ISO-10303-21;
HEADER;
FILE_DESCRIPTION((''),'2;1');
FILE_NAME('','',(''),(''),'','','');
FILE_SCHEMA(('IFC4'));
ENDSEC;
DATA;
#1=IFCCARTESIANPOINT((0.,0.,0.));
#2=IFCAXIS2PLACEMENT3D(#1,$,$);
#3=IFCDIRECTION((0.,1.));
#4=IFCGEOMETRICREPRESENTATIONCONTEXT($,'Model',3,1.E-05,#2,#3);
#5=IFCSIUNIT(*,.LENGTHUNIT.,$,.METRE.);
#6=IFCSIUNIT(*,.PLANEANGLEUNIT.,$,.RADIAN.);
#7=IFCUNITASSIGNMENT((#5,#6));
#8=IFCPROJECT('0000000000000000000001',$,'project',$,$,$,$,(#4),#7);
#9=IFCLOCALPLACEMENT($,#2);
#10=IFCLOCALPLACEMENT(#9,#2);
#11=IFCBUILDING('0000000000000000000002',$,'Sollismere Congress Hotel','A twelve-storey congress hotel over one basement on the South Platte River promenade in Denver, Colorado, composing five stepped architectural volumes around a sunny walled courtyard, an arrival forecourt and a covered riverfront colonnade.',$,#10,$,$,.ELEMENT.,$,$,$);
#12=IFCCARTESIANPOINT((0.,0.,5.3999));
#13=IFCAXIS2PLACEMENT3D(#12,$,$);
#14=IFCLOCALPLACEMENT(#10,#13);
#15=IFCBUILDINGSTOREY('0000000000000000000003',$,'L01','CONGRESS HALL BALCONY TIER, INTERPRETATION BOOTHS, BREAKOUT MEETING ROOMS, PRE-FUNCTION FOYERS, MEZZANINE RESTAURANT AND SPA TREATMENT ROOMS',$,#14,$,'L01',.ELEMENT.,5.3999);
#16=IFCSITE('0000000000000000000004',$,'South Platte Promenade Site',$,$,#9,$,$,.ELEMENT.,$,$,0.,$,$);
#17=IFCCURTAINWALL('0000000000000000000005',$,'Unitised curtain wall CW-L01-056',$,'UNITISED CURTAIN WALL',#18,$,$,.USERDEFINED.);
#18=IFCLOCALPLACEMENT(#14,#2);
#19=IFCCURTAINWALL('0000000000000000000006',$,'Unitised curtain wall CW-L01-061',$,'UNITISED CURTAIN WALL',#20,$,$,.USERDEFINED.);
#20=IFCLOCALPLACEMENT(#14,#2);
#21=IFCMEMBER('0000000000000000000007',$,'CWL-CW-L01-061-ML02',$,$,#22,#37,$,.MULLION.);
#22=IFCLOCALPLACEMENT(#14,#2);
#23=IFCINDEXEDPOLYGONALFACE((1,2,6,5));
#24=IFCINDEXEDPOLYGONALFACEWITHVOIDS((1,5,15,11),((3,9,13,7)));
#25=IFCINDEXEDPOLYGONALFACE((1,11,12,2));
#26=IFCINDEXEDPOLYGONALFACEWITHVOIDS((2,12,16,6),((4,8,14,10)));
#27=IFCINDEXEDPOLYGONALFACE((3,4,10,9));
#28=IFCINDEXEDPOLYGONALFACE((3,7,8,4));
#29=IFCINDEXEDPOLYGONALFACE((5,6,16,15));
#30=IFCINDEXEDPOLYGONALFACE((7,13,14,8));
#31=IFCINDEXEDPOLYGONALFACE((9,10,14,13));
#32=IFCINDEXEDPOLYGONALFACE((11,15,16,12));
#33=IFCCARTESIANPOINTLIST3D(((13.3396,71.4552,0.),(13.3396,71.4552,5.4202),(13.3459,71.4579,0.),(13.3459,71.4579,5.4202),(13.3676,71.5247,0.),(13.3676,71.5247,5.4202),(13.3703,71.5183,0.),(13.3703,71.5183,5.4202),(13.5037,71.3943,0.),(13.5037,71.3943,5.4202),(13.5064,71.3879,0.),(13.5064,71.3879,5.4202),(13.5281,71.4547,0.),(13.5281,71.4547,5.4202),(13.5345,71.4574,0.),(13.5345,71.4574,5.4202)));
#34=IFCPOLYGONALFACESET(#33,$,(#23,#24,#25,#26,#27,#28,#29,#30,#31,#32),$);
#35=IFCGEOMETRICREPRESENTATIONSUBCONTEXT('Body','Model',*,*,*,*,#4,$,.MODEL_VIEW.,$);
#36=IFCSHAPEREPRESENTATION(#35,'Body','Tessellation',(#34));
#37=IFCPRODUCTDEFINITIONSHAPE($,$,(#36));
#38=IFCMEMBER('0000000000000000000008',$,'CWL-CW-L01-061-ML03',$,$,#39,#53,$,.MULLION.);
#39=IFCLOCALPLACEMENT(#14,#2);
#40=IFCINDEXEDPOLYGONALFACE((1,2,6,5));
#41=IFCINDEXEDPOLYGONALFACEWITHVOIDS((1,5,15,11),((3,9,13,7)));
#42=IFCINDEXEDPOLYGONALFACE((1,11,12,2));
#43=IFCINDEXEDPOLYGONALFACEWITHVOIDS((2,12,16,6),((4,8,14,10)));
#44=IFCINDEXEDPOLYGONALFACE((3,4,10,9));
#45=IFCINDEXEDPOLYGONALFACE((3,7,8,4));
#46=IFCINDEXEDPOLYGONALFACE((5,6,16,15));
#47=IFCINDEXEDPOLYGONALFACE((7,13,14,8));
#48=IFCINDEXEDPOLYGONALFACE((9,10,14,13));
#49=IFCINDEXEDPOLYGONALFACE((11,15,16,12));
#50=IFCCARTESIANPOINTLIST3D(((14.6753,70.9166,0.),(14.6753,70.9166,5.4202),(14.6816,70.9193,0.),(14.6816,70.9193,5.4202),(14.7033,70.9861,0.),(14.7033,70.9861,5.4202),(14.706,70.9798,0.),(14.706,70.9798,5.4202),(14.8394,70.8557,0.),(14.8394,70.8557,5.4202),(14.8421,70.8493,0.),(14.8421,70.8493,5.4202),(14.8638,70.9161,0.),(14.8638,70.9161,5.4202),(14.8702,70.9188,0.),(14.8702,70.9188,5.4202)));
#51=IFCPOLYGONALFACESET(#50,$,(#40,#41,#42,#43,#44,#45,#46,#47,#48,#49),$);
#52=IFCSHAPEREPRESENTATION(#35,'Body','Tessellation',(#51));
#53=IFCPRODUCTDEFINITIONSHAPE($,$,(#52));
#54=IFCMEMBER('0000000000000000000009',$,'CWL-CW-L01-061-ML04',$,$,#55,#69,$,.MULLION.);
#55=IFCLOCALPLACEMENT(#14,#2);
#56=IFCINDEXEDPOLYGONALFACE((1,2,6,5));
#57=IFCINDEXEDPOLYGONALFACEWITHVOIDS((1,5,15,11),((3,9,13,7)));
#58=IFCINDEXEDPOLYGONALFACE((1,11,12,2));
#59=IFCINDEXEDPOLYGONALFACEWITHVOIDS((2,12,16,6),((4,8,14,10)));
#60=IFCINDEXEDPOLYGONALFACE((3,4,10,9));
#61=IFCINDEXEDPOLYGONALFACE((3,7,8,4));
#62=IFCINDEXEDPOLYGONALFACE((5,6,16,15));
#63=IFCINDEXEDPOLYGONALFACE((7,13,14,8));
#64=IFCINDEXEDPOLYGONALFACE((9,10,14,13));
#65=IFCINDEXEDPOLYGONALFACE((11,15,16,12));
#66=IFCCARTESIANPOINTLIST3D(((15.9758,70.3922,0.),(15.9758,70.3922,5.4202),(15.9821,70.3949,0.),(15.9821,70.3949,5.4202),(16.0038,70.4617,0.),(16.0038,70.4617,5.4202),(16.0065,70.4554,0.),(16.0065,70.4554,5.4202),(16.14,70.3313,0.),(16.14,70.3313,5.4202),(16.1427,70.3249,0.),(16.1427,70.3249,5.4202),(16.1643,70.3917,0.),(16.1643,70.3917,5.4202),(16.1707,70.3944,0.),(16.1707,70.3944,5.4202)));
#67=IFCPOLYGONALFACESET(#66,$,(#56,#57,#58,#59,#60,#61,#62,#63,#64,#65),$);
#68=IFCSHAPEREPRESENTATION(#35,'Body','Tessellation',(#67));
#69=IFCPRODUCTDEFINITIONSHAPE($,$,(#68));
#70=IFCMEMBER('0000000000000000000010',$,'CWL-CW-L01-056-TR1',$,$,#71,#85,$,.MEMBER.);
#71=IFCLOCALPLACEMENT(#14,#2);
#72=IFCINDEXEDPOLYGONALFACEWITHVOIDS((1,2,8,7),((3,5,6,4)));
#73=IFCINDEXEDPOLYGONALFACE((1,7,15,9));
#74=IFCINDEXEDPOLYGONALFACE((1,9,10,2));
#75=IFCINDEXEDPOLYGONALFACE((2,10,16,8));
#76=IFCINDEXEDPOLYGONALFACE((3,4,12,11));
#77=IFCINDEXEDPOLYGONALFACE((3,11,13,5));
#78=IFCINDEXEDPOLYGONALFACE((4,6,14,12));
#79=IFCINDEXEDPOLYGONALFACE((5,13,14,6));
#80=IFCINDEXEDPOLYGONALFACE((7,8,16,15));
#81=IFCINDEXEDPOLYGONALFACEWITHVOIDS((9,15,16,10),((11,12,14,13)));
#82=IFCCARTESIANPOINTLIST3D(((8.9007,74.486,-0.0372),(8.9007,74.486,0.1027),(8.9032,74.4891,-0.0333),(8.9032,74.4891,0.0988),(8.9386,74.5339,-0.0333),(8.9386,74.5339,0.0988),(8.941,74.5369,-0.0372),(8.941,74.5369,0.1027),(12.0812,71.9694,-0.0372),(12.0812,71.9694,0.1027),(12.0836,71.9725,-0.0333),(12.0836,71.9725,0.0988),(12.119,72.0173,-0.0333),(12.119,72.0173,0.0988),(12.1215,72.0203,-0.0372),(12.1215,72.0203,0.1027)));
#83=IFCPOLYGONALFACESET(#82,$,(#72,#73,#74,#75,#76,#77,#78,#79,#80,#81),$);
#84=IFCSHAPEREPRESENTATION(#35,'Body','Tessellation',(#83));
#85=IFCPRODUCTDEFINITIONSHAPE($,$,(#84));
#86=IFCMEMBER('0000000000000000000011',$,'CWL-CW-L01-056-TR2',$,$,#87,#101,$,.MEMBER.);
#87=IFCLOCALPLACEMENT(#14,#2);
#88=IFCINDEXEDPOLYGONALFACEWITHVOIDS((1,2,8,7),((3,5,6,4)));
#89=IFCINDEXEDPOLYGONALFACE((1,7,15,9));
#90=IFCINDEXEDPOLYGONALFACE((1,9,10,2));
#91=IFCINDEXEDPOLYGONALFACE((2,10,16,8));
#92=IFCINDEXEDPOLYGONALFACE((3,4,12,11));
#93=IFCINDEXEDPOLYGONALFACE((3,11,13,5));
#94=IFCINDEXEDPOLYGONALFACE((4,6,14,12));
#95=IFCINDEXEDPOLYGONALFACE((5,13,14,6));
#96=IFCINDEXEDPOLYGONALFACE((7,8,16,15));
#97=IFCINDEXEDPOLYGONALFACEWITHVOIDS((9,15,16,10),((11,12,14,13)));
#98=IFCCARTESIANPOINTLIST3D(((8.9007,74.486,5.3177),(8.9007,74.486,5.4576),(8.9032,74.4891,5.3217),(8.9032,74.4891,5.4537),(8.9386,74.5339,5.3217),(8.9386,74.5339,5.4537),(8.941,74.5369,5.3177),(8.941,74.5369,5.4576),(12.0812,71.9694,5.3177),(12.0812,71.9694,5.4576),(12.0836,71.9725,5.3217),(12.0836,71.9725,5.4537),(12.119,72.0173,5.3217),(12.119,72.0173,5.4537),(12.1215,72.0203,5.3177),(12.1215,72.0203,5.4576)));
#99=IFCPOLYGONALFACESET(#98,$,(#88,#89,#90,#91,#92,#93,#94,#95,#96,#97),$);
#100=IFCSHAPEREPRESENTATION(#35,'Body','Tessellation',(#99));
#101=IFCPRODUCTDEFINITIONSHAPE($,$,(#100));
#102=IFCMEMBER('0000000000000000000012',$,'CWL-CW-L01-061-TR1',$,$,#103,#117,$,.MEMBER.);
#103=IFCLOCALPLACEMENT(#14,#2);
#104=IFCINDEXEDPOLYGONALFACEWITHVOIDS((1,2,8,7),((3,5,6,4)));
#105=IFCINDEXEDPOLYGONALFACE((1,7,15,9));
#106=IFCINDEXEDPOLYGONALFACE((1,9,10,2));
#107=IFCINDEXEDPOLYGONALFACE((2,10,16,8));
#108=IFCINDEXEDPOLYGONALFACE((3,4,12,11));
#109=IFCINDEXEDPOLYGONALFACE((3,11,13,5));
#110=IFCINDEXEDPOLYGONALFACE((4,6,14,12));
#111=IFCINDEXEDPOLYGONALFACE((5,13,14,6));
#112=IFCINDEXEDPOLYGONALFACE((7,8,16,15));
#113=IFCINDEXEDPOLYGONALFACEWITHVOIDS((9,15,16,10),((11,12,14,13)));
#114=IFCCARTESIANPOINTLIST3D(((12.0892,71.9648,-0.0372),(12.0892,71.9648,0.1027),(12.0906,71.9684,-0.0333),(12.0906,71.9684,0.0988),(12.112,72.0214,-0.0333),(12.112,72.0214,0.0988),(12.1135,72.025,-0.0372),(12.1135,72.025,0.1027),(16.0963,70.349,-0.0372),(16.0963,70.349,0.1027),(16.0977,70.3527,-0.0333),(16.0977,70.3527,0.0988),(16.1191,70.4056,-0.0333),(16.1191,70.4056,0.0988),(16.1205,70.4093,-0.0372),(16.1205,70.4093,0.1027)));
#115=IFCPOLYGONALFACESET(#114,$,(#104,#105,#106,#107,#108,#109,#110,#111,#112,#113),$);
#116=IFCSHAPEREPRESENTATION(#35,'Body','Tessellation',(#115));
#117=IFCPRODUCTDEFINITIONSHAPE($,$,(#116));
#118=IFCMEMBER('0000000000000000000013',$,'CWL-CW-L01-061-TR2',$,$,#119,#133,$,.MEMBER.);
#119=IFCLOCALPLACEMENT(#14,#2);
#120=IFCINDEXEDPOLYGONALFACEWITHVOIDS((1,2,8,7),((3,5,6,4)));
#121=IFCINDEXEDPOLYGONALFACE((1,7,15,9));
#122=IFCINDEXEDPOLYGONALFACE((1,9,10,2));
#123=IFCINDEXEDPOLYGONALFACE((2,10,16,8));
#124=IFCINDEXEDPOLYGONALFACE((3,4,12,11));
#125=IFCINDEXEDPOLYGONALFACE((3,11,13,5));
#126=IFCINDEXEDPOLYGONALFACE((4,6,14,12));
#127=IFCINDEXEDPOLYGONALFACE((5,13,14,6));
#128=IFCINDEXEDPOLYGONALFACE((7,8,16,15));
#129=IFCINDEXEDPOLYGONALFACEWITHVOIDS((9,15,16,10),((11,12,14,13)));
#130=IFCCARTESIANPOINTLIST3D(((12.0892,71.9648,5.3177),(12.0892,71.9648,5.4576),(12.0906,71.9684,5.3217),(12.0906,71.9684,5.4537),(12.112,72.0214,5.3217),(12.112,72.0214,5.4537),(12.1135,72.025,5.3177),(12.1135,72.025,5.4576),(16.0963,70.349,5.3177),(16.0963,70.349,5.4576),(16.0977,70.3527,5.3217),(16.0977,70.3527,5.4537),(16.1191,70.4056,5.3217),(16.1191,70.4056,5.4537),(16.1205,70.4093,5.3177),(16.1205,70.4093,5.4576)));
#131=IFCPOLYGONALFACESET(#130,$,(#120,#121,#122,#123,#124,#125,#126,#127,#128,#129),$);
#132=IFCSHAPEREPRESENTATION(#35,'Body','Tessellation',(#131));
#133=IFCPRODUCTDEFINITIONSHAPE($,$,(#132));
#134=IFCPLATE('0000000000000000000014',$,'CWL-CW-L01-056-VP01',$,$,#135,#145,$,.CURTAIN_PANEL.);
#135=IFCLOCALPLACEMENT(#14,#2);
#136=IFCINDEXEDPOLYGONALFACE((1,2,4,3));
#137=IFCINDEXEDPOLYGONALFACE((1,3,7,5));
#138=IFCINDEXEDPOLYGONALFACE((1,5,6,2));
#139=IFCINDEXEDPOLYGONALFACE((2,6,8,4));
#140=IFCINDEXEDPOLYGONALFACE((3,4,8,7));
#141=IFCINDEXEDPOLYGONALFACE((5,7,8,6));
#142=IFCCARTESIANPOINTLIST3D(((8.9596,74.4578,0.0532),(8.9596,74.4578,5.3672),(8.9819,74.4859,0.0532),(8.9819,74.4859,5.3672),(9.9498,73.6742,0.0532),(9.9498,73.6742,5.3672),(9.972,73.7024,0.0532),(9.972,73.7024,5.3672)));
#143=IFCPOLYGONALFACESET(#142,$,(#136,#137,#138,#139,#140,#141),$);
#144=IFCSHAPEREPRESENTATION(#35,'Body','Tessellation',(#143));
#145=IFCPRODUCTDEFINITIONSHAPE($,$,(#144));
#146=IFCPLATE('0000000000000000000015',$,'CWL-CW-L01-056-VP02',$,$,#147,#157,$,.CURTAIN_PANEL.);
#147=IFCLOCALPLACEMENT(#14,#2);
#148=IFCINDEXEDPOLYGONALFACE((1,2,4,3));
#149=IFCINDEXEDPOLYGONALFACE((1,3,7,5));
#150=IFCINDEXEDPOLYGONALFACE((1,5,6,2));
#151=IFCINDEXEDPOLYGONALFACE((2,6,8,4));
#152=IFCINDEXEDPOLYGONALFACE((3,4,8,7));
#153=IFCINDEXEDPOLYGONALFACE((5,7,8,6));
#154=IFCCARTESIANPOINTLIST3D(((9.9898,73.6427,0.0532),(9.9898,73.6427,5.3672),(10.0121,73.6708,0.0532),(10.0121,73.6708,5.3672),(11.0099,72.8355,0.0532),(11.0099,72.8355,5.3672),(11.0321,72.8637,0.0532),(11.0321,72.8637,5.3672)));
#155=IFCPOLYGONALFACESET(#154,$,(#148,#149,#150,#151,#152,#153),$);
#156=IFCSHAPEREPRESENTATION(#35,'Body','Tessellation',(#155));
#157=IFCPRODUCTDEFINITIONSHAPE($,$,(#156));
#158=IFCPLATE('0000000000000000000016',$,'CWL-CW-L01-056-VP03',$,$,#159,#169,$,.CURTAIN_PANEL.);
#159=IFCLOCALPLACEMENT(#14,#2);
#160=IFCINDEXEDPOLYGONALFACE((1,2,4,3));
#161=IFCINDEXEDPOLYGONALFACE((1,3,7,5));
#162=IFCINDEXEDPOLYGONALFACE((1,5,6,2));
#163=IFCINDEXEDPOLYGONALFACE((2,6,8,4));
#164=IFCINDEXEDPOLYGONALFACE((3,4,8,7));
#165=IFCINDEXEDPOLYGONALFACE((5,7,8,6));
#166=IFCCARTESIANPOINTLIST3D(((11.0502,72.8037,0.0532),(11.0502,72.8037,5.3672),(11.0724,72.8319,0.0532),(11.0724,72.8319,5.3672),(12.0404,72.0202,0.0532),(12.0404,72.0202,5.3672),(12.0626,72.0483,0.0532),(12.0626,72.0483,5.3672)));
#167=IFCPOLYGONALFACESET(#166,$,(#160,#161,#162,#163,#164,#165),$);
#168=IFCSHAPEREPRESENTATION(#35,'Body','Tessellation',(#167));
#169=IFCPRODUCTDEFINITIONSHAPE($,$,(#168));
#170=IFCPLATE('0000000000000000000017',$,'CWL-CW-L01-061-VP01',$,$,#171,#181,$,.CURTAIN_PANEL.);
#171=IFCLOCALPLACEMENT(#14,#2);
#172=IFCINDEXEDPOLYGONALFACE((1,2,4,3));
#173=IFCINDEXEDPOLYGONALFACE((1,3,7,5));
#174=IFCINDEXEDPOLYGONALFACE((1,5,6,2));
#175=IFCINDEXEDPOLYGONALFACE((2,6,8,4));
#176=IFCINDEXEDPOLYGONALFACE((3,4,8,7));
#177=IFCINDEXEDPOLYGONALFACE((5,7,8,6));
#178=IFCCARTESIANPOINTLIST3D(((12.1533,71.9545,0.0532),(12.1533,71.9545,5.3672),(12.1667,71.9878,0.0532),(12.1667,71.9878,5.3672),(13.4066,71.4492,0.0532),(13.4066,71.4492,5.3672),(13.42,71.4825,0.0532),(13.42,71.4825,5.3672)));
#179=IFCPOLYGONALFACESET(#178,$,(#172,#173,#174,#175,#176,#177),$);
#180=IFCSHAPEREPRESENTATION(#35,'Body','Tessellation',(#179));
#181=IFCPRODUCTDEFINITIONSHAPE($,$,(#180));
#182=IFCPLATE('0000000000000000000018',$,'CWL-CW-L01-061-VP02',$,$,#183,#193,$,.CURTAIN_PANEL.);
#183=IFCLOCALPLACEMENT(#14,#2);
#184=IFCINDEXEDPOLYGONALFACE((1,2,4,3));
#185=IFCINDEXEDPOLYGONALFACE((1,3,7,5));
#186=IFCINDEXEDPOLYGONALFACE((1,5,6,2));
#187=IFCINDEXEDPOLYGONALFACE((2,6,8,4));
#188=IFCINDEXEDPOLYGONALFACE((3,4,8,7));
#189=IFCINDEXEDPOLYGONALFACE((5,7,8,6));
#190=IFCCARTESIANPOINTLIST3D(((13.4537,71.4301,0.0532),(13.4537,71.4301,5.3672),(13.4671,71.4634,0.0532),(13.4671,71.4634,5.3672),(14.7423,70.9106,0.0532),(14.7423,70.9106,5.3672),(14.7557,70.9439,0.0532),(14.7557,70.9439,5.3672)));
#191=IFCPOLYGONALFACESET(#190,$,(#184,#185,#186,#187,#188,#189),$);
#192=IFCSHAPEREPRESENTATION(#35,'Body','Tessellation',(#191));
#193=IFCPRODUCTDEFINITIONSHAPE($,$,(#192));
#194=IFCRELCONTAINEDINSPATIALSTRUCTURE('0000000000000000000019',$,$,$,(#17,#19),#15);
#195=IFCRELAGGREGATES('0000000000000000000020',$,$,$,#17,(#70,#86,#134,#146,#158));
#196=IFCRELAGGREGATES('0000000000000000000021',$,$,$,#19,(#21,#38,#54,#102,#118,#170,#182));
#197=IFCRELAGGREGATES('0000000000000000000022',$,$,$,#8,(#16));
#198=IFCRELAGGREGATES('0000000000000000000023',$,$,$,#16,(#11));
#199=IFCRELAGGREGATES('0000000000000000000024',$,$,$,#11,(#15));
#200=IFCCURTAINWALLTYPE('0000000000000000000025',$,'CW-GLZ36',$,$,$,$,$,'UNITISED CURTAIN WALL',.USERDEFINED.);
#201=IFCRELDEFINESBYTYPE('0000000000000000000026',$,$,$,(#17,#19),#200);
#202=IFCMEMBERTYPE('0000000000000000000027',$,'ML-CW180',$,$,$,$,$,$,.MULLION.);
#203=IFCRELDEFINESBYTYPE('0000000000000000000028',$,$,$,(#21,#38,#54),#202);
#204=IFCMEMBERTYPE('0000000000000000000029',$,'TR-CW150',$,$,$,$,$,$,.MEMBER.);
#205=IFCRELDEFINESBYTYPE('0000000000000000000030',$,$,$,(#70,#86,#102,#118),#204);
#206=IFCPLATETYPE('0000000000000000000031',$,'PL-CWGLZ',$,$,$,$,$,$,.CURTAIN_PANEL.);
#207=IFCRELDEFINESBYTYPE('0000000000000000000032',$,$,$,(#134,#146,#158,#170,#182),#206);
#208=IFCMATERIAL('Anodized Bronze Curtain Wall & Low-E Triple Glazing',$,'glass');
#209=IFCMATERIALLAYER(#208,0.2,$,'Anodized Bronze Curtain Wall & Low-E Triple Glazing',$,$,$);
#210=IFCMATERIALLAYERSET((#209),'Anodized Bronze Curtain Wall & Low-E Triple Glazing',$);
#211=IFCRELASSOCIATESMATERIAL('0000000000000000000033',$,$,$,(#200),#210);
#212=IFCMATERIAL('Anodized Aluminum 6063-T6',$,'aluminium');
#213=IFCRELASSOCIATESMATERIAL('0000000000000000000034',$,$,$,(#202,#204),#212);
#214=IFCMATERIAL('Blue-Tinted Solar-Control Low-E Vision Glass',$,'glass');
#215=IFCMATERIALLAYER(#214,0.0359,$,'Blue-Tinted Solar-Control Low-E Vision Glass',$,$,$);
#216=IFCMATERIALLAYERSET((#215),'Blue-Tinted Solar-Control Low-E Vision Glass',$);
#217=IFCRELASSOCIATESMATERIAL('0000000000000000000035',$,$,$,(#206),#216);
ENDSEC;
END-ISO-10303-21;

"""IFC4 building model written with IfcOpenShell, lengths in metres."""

from ifc_helpers import new_model, si_unit, direction, frame, origin, origin_2d, place, context, subcontext, project, spatial, rectangle, hollow_rectangle, extrude, material, layer, layer_set, material_profile, profile_set, type_object, element, aggregate, save


model = new_model("IFC4")

# Units and contexts
model_context = context("Model", 3, precision=1e-05, world=origin(), true_north=direction((0.0, 1.0)))
body_context = subcontext(model_context, "Body", "Model", "MODEL_VIEW")
ifc_project = project(units=[si_unit("LENGTHUNIT", "METRE"), si_unit("PLANEANGLEUNIT", "RADIAN")], contexts=[model_context])

# Site, building, storey
site_placement = place(None, origin())
site = spatial("IfcSite", under=ifc_project, at=site_placement, Name="South Platte Promenade Site", CompositionType="ELEMENT", RefElevation=0.0)
building_placement = place(site_placement, origin())
building = spatial("IfcBuilding", under=site, at=building_placement, Name="Sollismere Congress Hotel", Description="A twelve-storey congress hotel over one basement on the South Platte River promenade in Denver, Colorado, composing five stepped architectural volumes around a sunny walled courtyard, an arrival forecourt and a covered riverfront colonnade.", CompositionType="ELEMENT")
storey_placement = place(building_placement, frame((0.0, 0.0, 5.3999)))
storey = spatial("IfcBuildingStorey", under=building, at=storey_placement, Name="L01", Description="CONGRESS HALL BALCONY TIER, INTERPRETATION BOOTHS, BREAKOUT MEETING ROOMS, PRE-FUNCTION FOYERS, MEZZANINE RESTAURANT AND SPA TREATMENT ROOMS", LongName="L01", CompositionType="ELEMENT", Elevation=5.3999)

# Shared definitions
ifc_material_1 = material(Name="Anodized Bronze Curtain Wall & Low-E Triple Glazing", Category="glass")
ifc_layer_1 = layer(ifc_material_1, 0.2, Name="Anodized Bronze Curtain Wall & Low-E Triple Glazing")
ifc_layer_set_1 = layer_set([ifc_layer_1], Name="Anodized Bronze Curtain Wall & Low-E Triple Glazing")
curtain_wall_type = type_object("IfcCurtainWallType", Name="CW-GLZ36", ElementType="UNITISED CURTAIN WALL", PredefinedType="USERDEFINED", material=ifc_layer_set_1)
ifc_material_2 = material(Name="Anodized Aluminum 6063-T6", Category="aluminium")
ifc_material_profile_1 = material_profile(ifc_material_2, hollow_rectangle(XDim=0.075, YDim=0.1799, WallThickness=0.0049, at=origin_2d()), Name="ALU180X75X5")
ifc_profile_set_1 = profile_set([ifc_material_profile_1], Name="Anodized Aluminum 6063-T6")
member_type_1 = type_object("IfcMemberType", Name="ML-CW180", PredefinedType="MULLION", material=ifc_profile_set_1)

# Curtain walls, members
curtain_wall_1_placement = place(storey_placement, origin())
curtain_wall_1 = element("IfcCurtainWall", 1, at=curtain_wall_1_placement, inside=storey, type_object=curtain_wall_type, Name="Unitised curtain wall CW-L01-056", ObjectType="UNITISED CURTAIN WALL", PredefinedType="USERDEFINED")
curtain_wall_2_placement = place(storey_placement, origin())
curtain_wall_2 = element("IfcCurtainWall", 2, at=curtain_wall_2_placement, inside=storey, type_object=curtain_wall_type, Name="Unitised curtain wall CW-L01-061", ObjectType="UNITISED CURTAIN WALL", PredefinedType="USERDEFINED")
member_1_placement = place(storey_placement, frame((13.437, 71.4563, 0.0), z_axis=(0.0, 0.0, 1.0), x_axis=(0.373943, 0.927452, 0.0)))
member_1 = element("IfcMember", 3, at=member_1_placement, type_object=member_type_1, Name="CWL-CW-L01-061-ML02", PredefinedType="MULLION", context=body_context, shape_type="SweptSolid", body=[
    extrude(hollow_rectangle(XDim=0.075, YDim=0.1799, WallThickness=0.0049, at=origin_2d()), origin(), (0.0, 0.0, 1.0), 5.4202),
])
member_2_placement = place(storey_placement, frame((14.7727, 70.9177, 0.0), z_axis=(0.0, 0.0, 1.0), x_axis=(0.373943, 0.927452, 0.0)))
member_2 = element("IfcMember", 4, at=member_2_placement, type_object=member_type_1, Name="CWL-CW-L01-061-ML03", PredefinedType="MULLION", context=body_context, shape_type="SweptSolid", body=[
    extrude(hollow_rectangle(XDim=0.075, YDim=0.1799, WallThickness=0.0049, at=origin_2d()), origin(), (0.0, 0.0, 1.0), 5.4202),
])
member_3_placement = place(storey_placement, frame((16.0732, 70.3933, 0.0), z_axis=(0.0, 0.0, 1.0), x_axis=(0.373943, 0.927452, 0.0)))
member_3 = element("IfcMember", 5, at=member_3_placement, type_object=member_type_1, Name="CWL-CW-L01-061-ML04", PredefinedType="MULLION", context=body_context, shape_type="SweptSolid", body=[
    extrude(hollow_rectangle(XDim=0.075, YDim=0.1799, WallThickness=0.0049, at=origin_2d()), origin(), (0.0, 0.0, 1.0), 5.4202),
])

# Members
ifc_material_profile_2 = material_profile(ifc_material_2, hollow_rectangle(XDim=0.0649, YDim=0.1399, WallThickness=0.0039, at=origin_2d()), Name="ALU140X65X4")
ifc_profile_set_2 = profile_set([ifc_material_profile_2], Name="Anodized Aluminum 6063-T6")
member_type_2 = type_object("IfcMemberType", Name="TR-CW150", PredefinedType="MEMBER", material=ifc_profile_set_2)
member_4_placement = place(storey_placement, frame((8.9209, 74.5115, 0.0327), z_axis=(0.784194, -0.620516, 0.0), x_axis=(0.620516, 0.784194, 0.0)))
member_4 = element("IfcMember", 6, at=member_4_placement, type_object=member_type_2, Name="CWL-CW-L01-056-TR1", PredefinedType="MEMBER", context=body_context, shape_type="SweptSolid", body=[
    extrude(hollow_rectangle(XDim=0.0649, YDim=0.1399, WallThickness=0.0039, at=origin_2d()), origin(), (0.0, 0.0, 1.0), 4.0557),
])
member_5_placement = place(storey_placement, frame((8.9209, 74.5115, 5.3877), z_axis=(0.784194, -0.620516, 0.0), x_axis=(0.620516, 0.784194, 0.0)))
member_5 = element("IfcMember", 7, at=member_5_placement, type_object=member_type_2, Name="CWL-CW-L01-056-TR2", PredefinedType="MEMBER", context=body_context, shape_type="SweptSolid", body=[
    extrude(hollow_rectangle(XDim=0.0649, YDim=0.1399, WallThickness=0.0039, at=origin_2d()), origin(), (0.0, 0.0, 1.0), 4.0557),
])
member_6_placement = place(storey_placement, frame((12.1013, 71.9949, 0.0327), z_axis=(0.927444, -0.373961, 0.0), x_axis=(0.373961, 0.927444, 0.0)))
member_6 = element("IfcMember", 8, at=member_6_placement, type_object=member_type_2, Name="CWL-CW-L01-061-TR1", PredefinedType="MEMBER", context=body_context, shape_type="SweptSolid", body=[
    extrude(hollow_rectangle(XDim=0.0649, YDim=0.1399, WallThickness=0.0039, at=origin_2d()), origin(), (0.0, 0.0, 1.0), 4.3206),
])
member_7_placement = place(storey_placement, frame((12.1013, 71.9949, 5.3877), z_axis=(0.927444, -0.373961, 0.0), x_axis=(0.373961, 0.927444, 0.0)))
member_7 = element("IfcMember", 9, at=member_7_placement, type_object=member_type_2, Name="CWL-CW-L01-061-TR2", PredefinedType="MEMBER", context=body_context, shape_type="SweptSolid", body=[
    extrude(hollow_rectangle(XDim=0.0649, YDim=0.1399, WallThickness=0.0039, at=origin_2d()), origin(), (0.0, 0.0, 1.0), 4.3206),
])

# Plates
ifc_material_3 = material(Name="Blue-Tinted Solar-Control Low-E Vision Glass", Category="glass")
ifc_layer_2 = layer(ifc_material_3, 0.0359, Name="Blue-Tinted Solar-Control Low-E Vision Glass")
ifc_layer_set_2 = layer_set([ifc_layer_2], Name="Blue-Tinted Solar-Control Low-E Vision Glass")
plate_type_1 = type_object("IfcPlateType", Name="PL-CWGLZ", PredefinedType="CURTAIN_PANEL", material=ifc_layer_set_2)
plate_1_placement = place(storey_placement, frame((9.4658, 74.0801, 0.0532), z_axis=(0.0, 0.0, 1.0), x_axis=(0.784181, -0.620532, 0.0)))
plate_1 = element("IfcPlate", 10, at=plate_1_placement, type_object=plate_type_1, Name="CWL-CW-L01-056-VP01", PredefinedType="CURTAIN_PANEL", context=body_context, shape_type="SweptSolid", body=[
    extrude(rectangle(XDim=1.2627, YDim=0.0359, at=origin_2d()), origin(), (0.0, 0.0, 1.0), 5.314),
])
plate_2_placement = place(storey_placement, frame((10.511, 73.2532, 0.0532), z_axis=(0.0, 0.0, 1.0), x_axis=(0.784181, -0.620532, 0.0)))
plate_2 = element("IfcPlate", 11, at=plate_2_placement, type_object=plate_type_1, Name="CWL-CW-L01-056-VP02", PredefinedType="CURTAIN_PANEL", context=body_context, shape_type="SweptSolid", body=[
    extrude(rectangle(XDim=1.3008, YDim=0.0359, at=origin_2d()), origin(), (0.0, 0.0, 1.0), 5.314),
])
plate_3_placement = place(storey_placement, frame((11.5564, 72.426, 0.0532), z_axis=(0.0, 0.0, 1.0), x_axis=(0.784181, -0.620532, 0.0)))
plate_3 = element("IfcPlate", 12, at=plate_3_placement, type_object=plate_type_1, Name="CWL-CW-L01-056-VP03", PredefinedType="CURTAIN_PANEL", context=body_context, shape_type="SweptSolid", body=[
    extrude(rectangle(XDim=1.2627, YDim=0.0359, at=origin_2d()), origin(), (0.0, 0.0, 1.0), 5.314),
])
aggregate(curtain_wall_1, [member_4, member_5, plate_1, plate_2, plate_3])
plate_4_placement = place(storey_placement, frame((12.7866, 71.7185, 0.0532), z_axis=(0.0, 0.0, 1.0), x_axis=(0.927452, -0.373943, 0.0)))
plate_4 = element("IfcPlate", 13, at=plate_4_placement, type_object=plate_type_1, Name="CWL-CW-L01-061-VP01", PredefinedType="CURTAIN_PANEL", context=body_context, shape_type="SweptSolid", body=[
    extrude(rectangle(XDim=1.3513, YDim=0.0359, at=origin_2d()), origin(), (0.0, 0.0, 1.0), 5.314),
])
plate_5_placement = place(storey_placement, frame((14.1047, 71.187, 0.0532), z_axis=(0.0, 0.0, 1.0), x_axis=(0.927452, -0.373943, 0.0)))
plate_5 = element("IfcPlate", 14, at=plate_5_placement, type_object=plate_type_1, Name="CWL-CW-L01-061-VP02", PredefinedType="CURTAIN_PANEL", context=body_context, shape_type="SweptSolid", body=[
    extrude(rectangle(XDim=1.3894, YDim=0.0359, at=origin_2d()), origin(), (0.0, 0.0, 1.0), 5.314),
])
aggregate(curtain_wall_2, [member_1, member_2, member_3, member_6, member_7, plate_4, plate_5])

save(model, "model.ifc")
